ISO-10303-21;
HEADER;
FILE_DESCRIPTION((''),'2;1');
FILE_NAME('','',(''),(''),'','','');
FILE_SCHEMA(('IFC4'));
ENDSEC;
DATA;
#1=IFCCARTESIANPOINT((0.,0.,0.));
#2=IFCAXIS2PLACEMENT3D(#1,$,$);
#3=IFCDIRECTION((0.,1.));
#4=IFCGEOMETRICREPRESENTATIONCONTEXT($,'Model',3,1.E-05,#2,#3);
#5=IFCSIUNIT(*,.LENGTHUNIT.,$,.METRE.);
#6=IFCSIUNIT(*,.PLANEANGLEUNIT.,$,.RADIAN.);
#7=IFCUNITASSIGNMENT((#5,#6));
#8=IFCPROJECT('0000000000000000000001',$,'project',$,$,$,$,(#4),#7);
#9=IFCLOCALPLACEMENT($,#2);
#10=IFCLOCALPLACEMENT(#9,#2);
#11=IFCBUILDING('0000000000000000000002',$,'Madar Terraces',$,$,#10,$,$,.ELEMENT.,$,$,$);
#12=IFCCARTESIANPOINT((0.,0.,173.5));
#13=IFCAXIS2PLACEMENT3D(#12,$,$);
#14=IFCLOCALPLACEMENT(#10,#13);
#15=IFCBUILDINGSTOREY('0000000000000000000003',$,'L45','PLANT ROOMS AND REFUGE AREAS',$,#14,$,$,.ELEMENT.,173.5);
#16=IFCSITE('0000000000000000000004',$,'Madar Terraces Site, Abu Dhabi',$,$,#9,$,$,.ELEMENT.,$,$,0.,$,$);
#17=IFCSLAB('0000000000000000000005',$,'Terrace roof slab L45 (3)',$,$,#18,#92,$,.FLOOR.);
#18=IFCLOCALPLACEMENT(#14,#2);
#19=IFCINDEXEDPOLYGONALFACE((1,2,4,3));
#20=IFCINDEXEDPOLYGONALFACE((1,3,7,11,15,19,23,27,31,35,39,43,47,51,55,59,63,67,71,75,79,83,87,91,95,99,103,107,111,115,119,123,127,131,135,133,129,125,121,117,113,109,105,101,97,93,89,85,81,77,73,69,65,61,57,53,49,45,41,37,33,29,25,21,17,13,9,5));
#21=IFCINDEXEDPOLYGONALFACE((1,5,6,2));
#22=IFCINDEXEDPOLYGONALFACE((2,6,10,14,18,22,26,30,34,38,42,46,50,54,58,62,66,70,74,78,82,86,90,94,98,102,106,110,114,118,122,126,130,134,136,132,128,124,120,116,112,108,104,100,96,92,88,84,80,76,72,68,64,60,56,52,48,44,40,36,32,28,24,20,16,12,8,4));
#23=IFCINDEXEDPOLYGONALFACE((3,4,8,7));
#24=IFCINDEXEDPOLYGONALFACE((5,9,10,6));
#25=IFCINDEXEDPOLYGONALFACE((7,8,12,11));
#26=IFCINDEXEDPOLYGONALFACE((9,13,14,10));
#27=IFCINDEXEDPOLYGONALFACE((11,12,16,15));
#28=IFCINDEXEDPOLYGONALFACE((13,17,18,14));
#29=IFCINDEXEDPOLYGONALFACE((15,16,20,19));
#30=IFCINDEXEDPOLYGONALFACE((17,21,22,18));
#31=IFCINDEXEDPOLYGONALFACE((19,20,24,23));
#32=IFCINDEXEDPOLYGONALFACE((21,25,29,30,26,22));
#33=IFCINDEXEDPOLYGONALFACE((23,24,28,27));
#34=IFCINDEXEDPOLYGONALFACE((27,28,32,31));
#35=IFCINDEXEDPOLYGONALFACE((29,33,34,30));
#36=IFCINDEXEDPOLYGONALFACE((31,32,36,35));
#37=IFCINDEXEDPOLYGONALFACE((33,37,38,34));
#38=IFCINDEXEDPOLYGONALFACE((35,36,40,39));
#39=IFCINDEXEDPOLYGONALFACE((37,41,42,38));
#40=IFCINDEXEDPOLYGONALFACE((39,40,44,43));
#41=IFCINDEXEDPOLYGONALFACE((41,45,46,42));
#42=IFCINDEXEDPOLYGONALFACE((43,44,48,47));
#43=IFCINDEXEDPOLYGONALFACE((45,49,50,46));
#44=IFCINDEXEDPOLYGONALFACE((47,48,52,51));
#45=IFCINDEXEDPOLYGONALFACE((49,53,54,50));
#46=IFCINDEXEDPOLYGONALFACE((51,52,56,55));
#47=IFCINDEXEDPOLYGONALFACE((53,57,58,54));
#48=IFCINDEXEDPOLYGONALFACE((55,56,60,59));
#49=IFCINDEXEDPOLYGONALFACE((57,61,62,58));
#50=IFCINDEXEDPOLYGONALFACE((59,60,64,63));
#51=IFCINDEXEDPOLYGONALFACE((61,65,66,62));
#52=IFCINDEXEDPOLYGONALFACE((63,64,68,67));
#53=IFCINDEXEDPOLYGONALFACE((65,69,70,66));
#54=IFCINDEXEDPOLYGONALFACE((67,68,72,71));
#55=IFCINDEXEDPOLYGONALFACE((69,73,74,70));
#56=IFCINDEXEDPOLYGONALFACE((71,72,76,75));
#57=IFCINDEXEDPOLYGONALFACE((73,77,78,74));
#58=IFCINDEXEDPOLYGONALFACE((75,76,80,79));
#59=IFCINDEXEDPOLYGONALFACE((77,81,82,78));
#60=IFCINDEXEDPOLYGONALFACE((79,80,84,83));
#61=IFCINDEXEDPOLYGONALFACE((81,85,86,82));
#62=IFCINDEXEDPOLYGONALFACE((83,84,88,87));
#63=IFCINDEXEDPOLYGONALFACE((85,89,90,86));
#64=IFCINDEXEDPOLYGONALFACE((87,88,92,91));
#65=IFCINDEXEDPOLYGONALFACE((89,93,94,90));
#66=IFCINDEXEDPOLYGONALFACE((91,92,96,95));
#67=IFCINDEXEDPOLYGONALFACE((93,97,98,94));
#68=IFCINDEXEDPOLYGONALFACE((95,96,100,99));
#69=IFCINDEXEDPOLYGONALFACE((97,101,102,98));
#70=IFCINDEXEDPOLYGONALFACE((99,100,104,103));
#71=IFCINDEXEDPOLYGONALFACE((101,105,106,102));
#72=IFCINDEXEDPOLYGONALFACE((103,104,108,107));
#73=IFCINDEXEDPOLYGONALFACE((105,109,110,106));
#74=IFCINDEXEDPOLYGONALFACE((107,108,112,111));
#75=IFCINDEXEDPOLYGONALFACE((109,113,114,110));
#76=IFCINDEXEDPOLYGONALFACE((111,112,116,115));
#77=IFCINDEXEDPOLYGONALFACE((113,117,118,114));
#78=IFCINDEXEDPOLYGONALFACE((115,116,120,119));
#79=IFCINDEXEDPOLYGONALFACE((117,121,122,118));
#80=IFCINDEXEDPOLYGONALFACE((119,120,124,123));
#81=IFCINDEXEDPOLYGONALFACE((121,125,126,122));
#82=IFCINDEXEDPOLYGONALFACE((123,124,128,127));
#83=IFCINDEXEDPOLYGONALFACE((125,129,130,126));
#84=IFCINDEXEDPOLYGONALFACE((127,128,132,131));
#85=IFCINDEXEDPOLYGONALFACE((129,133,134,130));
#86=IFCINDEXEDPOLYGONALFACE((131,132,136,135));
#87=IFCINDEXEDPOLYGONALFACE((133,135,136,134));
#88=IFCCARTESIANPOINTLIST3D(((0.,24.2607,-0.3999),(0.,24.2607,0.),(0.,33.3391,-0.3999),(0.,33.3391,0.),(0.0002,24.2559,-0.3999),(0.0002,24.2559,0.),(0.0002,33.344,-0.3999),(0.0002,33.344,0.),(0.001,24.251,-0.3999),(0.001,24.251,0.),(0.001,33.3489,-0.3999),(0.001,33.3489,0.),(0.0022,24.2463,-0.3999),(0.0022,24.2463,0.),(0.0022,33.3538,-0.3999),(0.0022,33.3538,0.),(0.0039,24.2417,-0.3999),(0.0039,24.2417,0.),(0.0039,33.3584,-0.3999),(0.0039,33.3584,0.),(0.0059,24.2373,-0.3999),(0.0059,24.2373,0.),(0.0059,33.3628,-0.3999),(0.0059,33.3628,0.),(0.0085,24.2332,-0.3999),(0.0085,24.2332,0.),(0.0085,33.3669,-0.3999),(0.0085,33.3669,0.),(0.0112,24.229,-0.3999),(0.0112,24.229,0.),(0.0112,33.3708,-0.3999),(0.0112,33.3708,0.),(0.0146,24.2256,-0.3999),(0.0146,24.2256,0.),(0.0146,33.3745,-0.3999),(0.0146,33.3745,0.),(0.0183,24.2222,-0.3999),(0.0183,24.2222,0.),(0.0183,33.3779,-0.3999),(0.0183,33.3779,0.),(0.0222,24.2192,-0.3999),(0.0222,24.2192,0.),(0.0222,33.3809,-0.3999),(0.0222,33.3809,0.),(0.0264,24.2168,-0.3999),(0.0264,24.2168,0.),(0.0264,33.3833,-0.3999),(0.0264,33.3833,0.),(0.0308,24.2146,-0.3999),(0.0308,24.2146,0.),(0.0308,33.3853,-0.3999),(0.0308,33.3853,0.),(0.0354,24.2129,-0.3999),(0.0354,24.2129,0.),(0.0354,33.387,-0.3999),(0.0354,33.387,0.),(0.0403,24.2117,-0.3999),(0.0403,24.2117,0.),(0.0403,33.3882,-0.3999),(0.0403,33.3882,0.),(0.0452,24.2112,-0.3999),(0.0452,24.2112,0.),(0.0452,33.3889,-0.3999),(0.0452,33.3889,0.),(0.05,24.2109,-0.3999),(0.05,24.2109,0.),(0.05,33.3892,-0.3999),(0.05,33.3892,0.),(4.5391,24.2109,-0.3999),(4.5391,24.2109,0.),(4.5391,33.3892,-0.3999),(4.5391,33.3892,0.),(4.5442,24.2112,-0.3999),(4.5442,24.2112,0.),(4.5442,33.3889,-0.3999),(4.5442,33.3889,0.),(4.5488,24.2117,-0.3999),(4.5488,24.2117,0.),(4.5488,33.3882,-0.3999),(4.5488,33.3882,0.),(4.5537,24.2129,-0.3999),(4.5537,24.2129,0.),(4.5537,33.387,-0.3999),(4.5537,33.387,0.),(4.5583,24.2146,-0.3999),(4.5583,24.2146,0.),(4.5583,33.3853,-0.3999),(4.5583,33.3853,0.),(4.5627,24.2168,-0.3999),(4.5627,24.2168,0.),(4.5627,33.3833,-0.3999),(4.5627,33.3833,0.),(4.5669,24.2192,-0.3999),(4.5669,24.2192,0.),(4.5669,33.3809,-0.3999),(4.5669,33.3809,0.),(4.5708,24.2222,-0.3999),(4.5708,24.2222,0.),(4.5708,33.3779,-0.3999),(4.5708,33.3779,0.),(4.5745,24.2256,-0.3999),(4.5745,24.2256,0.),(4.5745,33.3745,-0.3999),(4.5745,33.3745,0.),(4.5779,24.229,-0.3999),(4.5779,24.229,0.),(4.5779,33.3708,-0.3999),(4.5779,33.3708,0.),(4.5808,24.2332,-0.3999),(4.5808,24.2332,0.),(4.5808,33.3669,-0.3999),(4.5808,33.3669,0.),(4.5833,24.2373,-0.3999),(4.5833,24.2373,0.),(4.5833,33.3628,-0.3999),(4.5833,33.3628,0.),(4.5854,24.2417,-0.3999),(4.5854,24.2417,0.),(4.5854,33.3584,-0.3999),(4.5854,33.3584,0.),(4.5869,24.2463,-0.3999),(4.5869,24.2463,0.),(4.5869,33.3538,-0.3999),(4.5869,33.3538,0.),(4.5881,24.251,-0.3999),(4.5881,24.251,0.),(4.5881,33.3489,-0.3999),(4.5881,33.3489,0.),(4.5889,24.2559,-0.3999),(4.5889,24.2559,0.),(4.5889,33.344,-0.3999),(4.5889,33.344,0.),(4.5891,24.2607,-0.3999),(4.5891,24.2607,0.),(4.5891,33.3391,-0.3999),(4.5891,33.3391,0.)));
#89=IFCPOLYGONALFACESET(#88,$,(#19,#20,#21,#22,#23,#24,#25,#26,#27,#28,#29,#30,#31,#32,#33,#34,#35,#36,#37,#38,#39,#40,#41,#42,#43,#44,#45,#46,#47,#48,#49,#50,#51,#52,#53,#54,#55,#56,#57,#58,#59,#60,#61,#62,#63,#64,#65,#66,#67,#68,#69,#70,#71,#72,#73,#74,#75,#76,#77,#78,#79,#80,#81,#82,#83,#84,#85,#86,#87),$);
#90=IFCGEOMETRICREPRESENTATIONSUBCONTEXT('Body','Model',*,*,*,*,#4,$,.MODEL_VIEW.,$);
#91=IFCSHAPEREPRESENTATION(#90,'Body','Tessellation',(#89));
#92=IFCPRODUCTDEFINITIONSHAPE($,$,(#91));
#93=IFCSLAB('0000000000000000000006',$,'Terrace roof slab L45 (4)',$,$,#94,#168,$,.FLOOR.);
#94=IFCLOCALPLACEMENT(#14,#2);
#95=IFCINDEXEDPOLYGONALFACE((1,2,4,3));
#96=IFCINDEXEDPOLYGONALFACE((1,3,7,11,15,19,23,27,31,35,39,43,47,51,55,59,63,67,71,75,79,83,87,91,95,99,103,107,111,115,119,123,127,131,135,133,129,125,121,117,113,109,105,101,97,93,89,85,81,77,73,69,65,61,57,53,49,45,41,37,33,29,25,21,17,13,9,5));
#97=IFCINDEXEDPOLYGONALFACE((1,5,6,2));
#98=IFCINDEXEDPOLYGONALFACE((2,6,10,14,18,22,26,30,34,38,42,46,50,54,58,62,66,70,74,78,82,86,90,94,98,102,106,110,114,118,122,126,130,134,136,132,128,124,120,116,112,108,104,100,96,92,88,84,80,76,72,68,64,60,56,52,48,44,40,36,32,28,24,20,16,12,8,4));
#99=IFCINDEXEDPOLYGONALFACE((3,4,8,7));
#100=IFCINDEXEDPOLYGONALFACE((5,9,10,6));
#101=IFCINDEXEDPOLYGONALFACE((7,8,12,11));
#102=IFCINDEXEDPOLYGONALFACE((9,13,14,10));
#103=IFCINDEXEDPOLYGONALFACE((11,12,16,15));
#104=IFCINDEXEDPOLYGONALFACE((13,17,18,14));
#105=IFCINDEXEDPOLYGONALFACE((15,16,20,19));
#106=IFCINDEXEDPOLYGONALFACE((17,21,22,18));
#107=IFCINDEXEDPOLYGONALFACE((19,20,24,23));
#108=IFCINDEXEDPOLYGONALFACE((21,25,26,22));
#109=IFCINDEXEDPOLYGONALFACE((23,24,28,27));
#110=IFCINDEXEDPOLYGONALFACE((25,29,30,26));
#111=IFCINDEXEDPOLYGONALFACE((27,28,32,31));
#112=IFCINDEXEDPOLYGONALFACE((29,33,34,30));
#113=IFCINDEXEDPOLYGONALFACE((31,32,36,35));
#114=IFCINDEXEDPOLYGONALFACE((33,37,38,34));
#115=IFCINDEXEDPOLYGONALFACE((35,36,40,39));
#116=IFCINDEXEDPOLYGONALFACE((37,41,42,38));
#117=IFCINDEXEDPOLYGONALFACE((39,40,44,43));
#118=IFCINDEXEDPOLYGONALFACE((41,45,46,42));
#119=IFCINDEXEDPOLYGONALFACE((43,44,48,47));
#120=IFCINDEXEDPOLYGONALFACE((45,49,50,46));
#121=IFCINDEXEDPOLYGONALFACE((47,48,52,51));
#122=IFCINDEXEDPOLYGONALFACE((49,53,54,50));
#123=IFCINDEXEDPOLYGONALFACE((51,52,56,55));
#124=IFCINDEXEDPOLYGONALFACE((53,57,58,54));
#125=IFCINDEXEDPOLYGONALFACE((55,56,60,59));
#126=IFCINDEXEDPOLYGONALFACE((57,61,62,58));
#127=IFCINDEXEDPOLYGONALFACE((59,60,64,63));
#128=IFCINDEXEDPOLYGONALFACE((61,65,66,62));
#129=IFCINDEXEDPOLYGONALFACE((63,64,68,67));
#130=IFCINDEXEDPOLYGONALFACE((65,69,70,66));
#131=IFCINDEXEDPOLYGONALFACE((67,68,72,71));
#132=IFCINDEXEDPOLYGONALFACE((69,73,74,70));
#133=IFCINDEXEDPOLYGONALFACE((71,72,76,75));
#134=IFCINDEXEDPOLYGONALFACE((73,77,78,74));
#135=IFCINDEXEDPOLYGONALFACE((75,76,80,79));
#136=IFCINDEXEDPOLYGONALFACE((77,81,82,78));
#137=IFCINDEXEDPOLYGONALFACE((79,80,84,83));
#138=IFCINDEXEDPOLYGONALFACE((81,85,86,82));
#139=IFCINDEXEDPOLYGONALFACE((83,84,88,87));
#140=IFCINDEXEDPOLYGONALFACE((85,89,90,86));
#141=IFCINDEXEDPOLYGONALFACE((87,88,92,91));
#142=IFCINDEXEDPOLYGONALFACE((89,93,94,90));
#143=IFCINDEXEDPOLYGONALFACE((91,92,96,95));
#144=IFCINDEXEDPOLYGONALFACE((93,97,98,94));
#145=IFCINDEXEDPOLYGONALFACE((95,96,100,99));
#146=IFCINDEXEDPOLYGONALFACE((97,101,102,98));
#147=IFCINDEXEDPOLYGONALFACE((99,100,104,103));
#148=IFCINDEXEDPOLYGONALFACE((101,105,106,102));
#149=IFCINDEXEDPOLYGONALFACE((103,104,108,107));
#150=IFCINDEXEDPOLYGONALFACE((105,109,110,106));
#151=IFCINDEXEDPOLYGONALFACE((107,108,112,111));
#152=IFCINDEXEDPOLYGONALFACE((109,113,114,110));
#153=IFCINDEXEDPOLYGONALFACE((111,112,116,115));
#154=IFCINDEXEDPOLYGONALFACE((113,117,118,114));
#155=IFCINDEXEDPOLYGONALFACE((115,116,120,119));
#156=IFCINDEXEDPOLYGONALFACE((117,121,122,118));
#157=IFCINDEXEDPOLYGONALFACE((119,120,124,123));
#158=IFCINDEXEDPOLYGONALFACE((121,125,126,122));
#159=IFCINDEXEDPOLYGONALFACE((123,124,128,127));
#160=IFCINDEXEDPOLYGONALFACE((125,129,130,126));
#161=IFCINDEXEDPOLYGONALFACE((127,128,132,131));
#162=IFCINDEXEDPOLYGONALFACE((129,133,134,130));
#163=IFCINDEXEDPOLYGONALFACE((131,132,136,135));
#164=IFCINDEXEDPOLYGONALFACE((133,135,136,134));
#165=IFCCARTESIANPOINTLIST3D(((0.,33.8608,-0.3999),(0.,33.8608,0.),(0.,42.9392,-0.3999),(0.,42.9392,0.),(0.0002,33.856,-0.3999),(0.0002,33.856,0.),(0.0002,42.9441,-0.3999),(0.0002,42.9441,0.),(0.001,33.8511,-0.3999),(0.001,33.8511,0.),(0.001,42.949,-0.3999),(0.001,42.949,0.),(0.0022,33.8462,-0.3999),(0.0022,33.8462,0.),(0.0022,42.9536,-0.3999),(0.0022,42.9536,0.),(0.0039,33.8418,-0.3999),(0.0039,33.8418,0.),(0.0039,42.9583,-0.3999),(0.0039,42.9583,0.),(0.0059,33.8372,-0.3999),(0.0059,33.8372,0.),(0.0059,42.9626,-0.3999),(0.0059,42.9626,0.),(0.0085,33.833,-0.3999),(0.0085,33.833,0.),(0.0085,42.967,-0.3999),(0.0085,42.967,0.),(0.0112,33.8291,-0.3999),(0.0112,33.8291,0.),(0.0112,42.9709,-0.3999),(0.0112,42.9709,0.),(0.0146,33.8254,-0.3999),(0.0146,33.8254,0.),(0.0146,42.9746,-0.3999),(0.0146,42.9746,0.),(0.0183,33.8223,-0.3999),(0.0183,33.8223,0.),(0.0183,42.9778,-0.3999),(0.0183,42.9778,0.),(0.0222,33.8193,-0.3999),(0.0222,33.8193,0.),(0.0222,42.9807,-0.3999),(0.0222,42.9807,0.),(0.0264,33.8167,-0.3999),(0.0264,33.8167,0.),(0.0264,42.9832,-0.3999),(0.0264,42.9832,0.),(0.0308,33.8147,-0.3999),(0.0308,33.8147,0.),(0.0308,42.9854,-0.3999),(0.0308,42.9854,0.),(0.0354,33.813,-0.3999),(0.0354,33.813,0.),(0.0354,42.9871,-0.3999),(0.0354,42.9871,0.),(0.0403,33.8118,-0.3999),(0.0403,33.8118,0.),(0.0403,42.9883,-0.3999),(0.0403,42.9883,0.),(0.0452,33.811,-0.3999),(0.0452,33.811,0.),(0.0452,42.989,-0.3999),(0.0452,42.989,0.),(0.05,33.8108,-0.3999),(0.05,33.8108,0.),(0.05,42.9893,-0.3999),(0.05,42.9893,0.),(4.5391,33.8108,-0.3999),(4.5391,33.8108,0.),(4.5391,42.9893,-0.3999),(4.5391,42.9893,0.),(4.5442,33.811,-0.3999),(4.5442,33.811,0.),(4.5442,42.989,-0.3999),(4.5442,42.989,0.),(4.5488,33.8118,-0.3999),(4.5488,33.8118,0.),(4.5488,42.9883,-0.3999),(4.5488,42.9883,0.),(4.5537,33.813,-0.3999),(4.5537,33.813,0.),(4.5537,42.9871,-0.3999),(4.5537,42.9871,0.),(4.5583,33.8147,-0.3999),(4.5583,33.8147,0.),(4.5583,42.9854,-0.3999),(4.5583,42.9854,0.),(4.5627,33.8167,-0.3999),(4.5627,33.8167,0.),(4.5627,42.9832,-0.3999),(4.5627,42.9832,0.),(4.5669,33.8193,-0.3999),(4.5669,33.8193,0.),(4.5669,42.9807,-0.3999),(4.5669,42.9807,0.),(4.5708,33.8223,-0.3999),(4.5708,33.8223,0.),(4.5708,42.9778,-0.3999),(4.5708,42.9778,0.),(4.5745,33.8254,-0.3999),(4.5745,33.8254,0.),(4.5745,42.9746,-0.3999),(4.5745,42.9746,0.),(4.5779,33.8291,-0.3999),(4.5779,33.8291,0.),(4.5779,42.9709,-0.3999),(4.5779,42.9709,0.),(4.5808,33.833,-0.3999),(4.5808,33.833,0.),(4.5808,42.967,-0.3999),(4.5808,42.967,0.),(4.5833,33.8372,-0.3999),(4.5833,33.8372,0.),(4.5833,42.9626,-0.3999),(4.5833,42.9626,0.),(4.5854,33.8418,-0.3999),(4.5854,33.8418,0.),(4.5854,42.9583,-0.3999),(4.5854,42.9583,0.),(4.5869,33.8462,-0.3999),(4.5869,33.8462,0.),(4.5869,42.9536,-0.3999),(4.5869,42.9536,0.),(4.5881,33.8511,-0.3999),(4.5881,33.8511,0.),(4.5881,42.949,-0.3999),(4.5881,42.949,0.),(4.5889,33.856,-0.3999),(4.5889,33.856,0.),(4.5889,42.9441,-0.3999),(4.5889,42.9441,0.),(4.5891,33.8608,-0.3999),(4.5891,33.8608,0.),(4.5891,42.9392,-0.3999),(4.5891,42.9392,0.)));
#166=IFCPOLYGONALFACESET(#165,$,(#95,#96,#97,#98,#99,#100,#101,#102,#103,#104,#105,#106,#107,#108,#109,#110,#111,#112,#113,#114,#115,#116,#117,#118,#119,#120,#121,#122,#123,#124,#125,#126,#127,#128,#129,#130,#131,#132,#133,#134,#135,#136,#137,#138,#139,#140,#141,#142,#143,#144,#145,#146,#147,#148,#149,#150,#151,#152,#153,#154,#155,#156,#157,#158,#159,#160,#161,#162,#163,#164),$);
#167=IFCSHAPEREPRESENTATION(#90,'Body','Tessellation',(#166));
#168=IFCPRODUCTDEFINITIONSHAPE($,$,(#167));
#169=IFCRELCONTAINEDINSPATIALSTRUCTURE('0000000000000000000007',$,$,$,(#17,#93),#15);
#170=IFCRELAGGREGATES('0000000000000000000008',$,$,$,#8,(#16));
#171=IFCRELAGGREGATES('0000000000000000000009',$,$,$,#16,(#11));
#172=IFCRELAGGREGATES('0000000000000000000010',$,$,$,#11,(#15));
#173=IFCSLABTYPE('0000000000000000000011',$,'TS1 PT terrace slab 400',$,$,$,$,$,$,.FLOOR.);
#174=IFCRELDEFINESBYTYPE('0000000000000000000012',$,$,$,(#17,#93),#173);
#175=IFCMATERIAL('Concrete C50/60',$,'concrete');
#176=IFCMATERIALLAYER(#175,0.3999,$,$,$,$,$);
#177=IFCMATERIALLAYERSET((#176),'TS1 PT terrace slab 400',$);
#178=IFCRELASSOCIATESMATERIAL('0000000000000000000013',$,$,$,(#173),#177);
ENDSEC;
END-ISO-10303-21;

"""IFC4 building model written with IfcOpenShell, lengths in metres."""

from ifc_helpers import new_model, si_unit, direction, frame, origin, place, context, subcontext, project, spatial, polyline, outline, extrude, material, layer, layer_set, type_object, element, save


model = new_model("IFC4")

# Units and contexts
model_context = context("Model", 3, precision=1e-05, world=origin(), true_north=direction((0.0, 1.0)))
body_context = subcontext(model_context, "Body", "Model", "MODEL_VIEW")
ifc_project = project(units=[si_unit("LENGTHUNIT", "METRE"), si_unit("PLANEANGLEUNIT", "RADIAN")], contexts=[model_context])

# Site, building, storey
site_placement = place(None, origin())
site = spatial("IfcSite", under=ifc_project, at=site_placement, Name="Madar Terraces Site, Abu Dhabi", CompositionType="ELEMENT", RefElevation=0.0)
building_placement = place(site_placement, origin())
building = spatial("IfcBuilding", under=site, at=building_placement, Name="Madar Terraces", CompositionType="ELEMENT")
storey_placement = place(building_placement, frame((0.0, 0.0, 173.5)))
storey = spatial("IfcBuildingStorey", under=building, at=storey_placement, Name="L45", Description="PLANT ROOMS AND REFUGE AREAS", CompositionType="ELEMENT", Elevation=173.5)

# Slabs
ifc_material_1 = material(Name="Concrete C50/60", Category="concrete")
ifc_layer_1 = layer(ifc_material_1, 0.3999)
ifc_layer_set_1 = layer_set([ifc_layer_1], Name="TS1 PT terrace slab 400")
slab_type_1 = type_object("IfcSlabType", Name="TS1 PT terrace slab 400", PredefinedType="FLOOR", material=ifc_layer_set_1)
slab_1_placement = place(storey_placement, frame((0.0, 0.0, -0.3999)))
element("IfcSlab", 1, at=slab_1_placement, inside=storey, type_object=slab_type_1, Name="Terrace roof slab L45 (3)", PredefinedType="FLOOR", context=body_context, shape_type="SweptSolid", body=[
    extrude(outline(polyline([(0.0002, 33.344), (0.0, 33.3391), (0.0, 24.2607), (0.0002, 24.2559), (0.001, 24.251), (0.0022, 24.2463), (0.0039, 24.2417), (0.0059, 24.2373), (0.0085, 24.2332), (0.0112, 24.229), (0.0146, 24.2256), (0.0183, 24.2222), (0.0222, 24.2192), (0.0264, 24.2168), (0.0308, 24.2146), (0.0354, 24.2129), (0.0403, 24.2117), (0.0452, 24.2112), (0.05, 24.2109), (4.5391, 24.2109), (4.5442, 24.2112), (4.5488, 24.2117), (4.5537, 24.2129), (4.5583, 24.2146), (4.5627, 24.2168), (4.5669, 24.2192), (4.5708, 24.2222), (4.5745, 24.2256), (4.5779, 24.229), (4.5808, 24.2332), (4.5833, 24.2373), (4.5854, 24.2417), (4.5869, 24.2463), (4.5881, 24.251), (4.5889, 24.2559), (4.5891, 24.2607), (4.5891, 33.3391), (4.5889, 33.344), (4.5881, 33.3489), (4.5869, 33.3538), (4.5854, 33.3584), (4.5833, 33.3628), (4.5808, 33.3669), (4.5779, 33.3708), (4.5745, 33.3745), (4.5708, 33.3779), (4.5669, 33.3809), (4.5627, 33.3833), (4.5583, 33.3853), (4.5537, 33.387), (4.5488, 33.3882), (4.5442, 33.3889), (4.5391, 33.3892), (0.05, 33.3892), (0.0452, 33.3889), (0.0403, 33.3882), (0.0354, 33.387), (0.0308, 33.3853), (0.0264, 33.3833), (0.0222, 33.3809), (0.0183, 33.3779), (0.0146, 33.3745), (0.0112, 33.3708), (0.0085, 33.3669), (0.0059, 33.3628), (0.0039, 33.3584), (0.0022, 33.3538), (0.001, 33.3489), (0.0002, 33.344)])), origin(), (0.0, 0.0, 1.0), 0.3999),
])
slab_2_placement = place(storey_placement, frame((0.0, 0.0, -0.3999)))
element("IfcSlab", 2, at=slab_2_placement, inside=storey, type_object=slab_type_1, Name="Terrace roof slab L45 (4)", PredefinedType="FLOOR", context=body_context, shape_type="SweptSolid", body=[
    extrude(outline(polyline([(0.001, 42.949), (0.0002, 42.9441), (0.0, 42.9392), (0.0, 33.8608), (0.0002, 33.856), (0.001, 33.8511), (0.0022, 33.8462), (0.0039, 33.8418), (0.0059, 33.8372), (0.0085, 33.833), (0.0112, 33.8291), (0.0146, 33.8254), (0.0183, 33.8223), (0.0222, 33.8193), (0.0264, 33.8167), (0.0308, 33.8147), (0.0354, 33.813), (0.0403, 33.8118), (0.0452, 33.811), (0.05, 33.8108), (4.5391, 33.8108), (4.5442, 33.811), (4.5488, 33.8118), (4.5537, 33.813), (4.5583, 33.8147), (4.5627, 33.8167), (4.5669, 33.8193), (4.5708, 33.8223), (4.5745, 33.8254), (4.5779, 33.8291), (4.5808, 33.833), (4.5833, 33.8372), (4.5854, 33.8418), (4.5869, 33.8462), (4.5881, 33.8511), (4.5889, 33.856), (4.5891, 33.8608), (4.5891, 42.9392), (4.5889, 42.9441), (4.5881, 42.949), (4.5869, 42.9536), (4.5854, 42.9583), (4.5833, 42.9626), (4.5808, 42.967), (4.5779, 42.9709), (4.5745, 42.9746), (4.5708, 42.9778), (4.5669, 42.9807), (4.5627, 42.9832), (4.5583, 42.9854), (4.5537, 42.9871), (4.5488, 42.9883), (4.5442, 42.989), (4.5391, 42.9893), (0.05, 42.9893), (0.0452, 42.989), (0.0403, 42.9883), (0.0354, 42.9871), (0.0308, 42.9854), (0.0264, 42.9832), (0.0222, 42.9807), (0.0183, 42.9778), (0.0146, 42.9746), (0.0112, 42.9709), (0.0085, 42.967), (0.0059, 42.9626), (0.0039, 42.9583), (0.0022, 42.9536), (0.001, 42.949)])), origin(), (0.0, 0.0, 1.0), 0.3999),
])

save(model, "model.ifc")
